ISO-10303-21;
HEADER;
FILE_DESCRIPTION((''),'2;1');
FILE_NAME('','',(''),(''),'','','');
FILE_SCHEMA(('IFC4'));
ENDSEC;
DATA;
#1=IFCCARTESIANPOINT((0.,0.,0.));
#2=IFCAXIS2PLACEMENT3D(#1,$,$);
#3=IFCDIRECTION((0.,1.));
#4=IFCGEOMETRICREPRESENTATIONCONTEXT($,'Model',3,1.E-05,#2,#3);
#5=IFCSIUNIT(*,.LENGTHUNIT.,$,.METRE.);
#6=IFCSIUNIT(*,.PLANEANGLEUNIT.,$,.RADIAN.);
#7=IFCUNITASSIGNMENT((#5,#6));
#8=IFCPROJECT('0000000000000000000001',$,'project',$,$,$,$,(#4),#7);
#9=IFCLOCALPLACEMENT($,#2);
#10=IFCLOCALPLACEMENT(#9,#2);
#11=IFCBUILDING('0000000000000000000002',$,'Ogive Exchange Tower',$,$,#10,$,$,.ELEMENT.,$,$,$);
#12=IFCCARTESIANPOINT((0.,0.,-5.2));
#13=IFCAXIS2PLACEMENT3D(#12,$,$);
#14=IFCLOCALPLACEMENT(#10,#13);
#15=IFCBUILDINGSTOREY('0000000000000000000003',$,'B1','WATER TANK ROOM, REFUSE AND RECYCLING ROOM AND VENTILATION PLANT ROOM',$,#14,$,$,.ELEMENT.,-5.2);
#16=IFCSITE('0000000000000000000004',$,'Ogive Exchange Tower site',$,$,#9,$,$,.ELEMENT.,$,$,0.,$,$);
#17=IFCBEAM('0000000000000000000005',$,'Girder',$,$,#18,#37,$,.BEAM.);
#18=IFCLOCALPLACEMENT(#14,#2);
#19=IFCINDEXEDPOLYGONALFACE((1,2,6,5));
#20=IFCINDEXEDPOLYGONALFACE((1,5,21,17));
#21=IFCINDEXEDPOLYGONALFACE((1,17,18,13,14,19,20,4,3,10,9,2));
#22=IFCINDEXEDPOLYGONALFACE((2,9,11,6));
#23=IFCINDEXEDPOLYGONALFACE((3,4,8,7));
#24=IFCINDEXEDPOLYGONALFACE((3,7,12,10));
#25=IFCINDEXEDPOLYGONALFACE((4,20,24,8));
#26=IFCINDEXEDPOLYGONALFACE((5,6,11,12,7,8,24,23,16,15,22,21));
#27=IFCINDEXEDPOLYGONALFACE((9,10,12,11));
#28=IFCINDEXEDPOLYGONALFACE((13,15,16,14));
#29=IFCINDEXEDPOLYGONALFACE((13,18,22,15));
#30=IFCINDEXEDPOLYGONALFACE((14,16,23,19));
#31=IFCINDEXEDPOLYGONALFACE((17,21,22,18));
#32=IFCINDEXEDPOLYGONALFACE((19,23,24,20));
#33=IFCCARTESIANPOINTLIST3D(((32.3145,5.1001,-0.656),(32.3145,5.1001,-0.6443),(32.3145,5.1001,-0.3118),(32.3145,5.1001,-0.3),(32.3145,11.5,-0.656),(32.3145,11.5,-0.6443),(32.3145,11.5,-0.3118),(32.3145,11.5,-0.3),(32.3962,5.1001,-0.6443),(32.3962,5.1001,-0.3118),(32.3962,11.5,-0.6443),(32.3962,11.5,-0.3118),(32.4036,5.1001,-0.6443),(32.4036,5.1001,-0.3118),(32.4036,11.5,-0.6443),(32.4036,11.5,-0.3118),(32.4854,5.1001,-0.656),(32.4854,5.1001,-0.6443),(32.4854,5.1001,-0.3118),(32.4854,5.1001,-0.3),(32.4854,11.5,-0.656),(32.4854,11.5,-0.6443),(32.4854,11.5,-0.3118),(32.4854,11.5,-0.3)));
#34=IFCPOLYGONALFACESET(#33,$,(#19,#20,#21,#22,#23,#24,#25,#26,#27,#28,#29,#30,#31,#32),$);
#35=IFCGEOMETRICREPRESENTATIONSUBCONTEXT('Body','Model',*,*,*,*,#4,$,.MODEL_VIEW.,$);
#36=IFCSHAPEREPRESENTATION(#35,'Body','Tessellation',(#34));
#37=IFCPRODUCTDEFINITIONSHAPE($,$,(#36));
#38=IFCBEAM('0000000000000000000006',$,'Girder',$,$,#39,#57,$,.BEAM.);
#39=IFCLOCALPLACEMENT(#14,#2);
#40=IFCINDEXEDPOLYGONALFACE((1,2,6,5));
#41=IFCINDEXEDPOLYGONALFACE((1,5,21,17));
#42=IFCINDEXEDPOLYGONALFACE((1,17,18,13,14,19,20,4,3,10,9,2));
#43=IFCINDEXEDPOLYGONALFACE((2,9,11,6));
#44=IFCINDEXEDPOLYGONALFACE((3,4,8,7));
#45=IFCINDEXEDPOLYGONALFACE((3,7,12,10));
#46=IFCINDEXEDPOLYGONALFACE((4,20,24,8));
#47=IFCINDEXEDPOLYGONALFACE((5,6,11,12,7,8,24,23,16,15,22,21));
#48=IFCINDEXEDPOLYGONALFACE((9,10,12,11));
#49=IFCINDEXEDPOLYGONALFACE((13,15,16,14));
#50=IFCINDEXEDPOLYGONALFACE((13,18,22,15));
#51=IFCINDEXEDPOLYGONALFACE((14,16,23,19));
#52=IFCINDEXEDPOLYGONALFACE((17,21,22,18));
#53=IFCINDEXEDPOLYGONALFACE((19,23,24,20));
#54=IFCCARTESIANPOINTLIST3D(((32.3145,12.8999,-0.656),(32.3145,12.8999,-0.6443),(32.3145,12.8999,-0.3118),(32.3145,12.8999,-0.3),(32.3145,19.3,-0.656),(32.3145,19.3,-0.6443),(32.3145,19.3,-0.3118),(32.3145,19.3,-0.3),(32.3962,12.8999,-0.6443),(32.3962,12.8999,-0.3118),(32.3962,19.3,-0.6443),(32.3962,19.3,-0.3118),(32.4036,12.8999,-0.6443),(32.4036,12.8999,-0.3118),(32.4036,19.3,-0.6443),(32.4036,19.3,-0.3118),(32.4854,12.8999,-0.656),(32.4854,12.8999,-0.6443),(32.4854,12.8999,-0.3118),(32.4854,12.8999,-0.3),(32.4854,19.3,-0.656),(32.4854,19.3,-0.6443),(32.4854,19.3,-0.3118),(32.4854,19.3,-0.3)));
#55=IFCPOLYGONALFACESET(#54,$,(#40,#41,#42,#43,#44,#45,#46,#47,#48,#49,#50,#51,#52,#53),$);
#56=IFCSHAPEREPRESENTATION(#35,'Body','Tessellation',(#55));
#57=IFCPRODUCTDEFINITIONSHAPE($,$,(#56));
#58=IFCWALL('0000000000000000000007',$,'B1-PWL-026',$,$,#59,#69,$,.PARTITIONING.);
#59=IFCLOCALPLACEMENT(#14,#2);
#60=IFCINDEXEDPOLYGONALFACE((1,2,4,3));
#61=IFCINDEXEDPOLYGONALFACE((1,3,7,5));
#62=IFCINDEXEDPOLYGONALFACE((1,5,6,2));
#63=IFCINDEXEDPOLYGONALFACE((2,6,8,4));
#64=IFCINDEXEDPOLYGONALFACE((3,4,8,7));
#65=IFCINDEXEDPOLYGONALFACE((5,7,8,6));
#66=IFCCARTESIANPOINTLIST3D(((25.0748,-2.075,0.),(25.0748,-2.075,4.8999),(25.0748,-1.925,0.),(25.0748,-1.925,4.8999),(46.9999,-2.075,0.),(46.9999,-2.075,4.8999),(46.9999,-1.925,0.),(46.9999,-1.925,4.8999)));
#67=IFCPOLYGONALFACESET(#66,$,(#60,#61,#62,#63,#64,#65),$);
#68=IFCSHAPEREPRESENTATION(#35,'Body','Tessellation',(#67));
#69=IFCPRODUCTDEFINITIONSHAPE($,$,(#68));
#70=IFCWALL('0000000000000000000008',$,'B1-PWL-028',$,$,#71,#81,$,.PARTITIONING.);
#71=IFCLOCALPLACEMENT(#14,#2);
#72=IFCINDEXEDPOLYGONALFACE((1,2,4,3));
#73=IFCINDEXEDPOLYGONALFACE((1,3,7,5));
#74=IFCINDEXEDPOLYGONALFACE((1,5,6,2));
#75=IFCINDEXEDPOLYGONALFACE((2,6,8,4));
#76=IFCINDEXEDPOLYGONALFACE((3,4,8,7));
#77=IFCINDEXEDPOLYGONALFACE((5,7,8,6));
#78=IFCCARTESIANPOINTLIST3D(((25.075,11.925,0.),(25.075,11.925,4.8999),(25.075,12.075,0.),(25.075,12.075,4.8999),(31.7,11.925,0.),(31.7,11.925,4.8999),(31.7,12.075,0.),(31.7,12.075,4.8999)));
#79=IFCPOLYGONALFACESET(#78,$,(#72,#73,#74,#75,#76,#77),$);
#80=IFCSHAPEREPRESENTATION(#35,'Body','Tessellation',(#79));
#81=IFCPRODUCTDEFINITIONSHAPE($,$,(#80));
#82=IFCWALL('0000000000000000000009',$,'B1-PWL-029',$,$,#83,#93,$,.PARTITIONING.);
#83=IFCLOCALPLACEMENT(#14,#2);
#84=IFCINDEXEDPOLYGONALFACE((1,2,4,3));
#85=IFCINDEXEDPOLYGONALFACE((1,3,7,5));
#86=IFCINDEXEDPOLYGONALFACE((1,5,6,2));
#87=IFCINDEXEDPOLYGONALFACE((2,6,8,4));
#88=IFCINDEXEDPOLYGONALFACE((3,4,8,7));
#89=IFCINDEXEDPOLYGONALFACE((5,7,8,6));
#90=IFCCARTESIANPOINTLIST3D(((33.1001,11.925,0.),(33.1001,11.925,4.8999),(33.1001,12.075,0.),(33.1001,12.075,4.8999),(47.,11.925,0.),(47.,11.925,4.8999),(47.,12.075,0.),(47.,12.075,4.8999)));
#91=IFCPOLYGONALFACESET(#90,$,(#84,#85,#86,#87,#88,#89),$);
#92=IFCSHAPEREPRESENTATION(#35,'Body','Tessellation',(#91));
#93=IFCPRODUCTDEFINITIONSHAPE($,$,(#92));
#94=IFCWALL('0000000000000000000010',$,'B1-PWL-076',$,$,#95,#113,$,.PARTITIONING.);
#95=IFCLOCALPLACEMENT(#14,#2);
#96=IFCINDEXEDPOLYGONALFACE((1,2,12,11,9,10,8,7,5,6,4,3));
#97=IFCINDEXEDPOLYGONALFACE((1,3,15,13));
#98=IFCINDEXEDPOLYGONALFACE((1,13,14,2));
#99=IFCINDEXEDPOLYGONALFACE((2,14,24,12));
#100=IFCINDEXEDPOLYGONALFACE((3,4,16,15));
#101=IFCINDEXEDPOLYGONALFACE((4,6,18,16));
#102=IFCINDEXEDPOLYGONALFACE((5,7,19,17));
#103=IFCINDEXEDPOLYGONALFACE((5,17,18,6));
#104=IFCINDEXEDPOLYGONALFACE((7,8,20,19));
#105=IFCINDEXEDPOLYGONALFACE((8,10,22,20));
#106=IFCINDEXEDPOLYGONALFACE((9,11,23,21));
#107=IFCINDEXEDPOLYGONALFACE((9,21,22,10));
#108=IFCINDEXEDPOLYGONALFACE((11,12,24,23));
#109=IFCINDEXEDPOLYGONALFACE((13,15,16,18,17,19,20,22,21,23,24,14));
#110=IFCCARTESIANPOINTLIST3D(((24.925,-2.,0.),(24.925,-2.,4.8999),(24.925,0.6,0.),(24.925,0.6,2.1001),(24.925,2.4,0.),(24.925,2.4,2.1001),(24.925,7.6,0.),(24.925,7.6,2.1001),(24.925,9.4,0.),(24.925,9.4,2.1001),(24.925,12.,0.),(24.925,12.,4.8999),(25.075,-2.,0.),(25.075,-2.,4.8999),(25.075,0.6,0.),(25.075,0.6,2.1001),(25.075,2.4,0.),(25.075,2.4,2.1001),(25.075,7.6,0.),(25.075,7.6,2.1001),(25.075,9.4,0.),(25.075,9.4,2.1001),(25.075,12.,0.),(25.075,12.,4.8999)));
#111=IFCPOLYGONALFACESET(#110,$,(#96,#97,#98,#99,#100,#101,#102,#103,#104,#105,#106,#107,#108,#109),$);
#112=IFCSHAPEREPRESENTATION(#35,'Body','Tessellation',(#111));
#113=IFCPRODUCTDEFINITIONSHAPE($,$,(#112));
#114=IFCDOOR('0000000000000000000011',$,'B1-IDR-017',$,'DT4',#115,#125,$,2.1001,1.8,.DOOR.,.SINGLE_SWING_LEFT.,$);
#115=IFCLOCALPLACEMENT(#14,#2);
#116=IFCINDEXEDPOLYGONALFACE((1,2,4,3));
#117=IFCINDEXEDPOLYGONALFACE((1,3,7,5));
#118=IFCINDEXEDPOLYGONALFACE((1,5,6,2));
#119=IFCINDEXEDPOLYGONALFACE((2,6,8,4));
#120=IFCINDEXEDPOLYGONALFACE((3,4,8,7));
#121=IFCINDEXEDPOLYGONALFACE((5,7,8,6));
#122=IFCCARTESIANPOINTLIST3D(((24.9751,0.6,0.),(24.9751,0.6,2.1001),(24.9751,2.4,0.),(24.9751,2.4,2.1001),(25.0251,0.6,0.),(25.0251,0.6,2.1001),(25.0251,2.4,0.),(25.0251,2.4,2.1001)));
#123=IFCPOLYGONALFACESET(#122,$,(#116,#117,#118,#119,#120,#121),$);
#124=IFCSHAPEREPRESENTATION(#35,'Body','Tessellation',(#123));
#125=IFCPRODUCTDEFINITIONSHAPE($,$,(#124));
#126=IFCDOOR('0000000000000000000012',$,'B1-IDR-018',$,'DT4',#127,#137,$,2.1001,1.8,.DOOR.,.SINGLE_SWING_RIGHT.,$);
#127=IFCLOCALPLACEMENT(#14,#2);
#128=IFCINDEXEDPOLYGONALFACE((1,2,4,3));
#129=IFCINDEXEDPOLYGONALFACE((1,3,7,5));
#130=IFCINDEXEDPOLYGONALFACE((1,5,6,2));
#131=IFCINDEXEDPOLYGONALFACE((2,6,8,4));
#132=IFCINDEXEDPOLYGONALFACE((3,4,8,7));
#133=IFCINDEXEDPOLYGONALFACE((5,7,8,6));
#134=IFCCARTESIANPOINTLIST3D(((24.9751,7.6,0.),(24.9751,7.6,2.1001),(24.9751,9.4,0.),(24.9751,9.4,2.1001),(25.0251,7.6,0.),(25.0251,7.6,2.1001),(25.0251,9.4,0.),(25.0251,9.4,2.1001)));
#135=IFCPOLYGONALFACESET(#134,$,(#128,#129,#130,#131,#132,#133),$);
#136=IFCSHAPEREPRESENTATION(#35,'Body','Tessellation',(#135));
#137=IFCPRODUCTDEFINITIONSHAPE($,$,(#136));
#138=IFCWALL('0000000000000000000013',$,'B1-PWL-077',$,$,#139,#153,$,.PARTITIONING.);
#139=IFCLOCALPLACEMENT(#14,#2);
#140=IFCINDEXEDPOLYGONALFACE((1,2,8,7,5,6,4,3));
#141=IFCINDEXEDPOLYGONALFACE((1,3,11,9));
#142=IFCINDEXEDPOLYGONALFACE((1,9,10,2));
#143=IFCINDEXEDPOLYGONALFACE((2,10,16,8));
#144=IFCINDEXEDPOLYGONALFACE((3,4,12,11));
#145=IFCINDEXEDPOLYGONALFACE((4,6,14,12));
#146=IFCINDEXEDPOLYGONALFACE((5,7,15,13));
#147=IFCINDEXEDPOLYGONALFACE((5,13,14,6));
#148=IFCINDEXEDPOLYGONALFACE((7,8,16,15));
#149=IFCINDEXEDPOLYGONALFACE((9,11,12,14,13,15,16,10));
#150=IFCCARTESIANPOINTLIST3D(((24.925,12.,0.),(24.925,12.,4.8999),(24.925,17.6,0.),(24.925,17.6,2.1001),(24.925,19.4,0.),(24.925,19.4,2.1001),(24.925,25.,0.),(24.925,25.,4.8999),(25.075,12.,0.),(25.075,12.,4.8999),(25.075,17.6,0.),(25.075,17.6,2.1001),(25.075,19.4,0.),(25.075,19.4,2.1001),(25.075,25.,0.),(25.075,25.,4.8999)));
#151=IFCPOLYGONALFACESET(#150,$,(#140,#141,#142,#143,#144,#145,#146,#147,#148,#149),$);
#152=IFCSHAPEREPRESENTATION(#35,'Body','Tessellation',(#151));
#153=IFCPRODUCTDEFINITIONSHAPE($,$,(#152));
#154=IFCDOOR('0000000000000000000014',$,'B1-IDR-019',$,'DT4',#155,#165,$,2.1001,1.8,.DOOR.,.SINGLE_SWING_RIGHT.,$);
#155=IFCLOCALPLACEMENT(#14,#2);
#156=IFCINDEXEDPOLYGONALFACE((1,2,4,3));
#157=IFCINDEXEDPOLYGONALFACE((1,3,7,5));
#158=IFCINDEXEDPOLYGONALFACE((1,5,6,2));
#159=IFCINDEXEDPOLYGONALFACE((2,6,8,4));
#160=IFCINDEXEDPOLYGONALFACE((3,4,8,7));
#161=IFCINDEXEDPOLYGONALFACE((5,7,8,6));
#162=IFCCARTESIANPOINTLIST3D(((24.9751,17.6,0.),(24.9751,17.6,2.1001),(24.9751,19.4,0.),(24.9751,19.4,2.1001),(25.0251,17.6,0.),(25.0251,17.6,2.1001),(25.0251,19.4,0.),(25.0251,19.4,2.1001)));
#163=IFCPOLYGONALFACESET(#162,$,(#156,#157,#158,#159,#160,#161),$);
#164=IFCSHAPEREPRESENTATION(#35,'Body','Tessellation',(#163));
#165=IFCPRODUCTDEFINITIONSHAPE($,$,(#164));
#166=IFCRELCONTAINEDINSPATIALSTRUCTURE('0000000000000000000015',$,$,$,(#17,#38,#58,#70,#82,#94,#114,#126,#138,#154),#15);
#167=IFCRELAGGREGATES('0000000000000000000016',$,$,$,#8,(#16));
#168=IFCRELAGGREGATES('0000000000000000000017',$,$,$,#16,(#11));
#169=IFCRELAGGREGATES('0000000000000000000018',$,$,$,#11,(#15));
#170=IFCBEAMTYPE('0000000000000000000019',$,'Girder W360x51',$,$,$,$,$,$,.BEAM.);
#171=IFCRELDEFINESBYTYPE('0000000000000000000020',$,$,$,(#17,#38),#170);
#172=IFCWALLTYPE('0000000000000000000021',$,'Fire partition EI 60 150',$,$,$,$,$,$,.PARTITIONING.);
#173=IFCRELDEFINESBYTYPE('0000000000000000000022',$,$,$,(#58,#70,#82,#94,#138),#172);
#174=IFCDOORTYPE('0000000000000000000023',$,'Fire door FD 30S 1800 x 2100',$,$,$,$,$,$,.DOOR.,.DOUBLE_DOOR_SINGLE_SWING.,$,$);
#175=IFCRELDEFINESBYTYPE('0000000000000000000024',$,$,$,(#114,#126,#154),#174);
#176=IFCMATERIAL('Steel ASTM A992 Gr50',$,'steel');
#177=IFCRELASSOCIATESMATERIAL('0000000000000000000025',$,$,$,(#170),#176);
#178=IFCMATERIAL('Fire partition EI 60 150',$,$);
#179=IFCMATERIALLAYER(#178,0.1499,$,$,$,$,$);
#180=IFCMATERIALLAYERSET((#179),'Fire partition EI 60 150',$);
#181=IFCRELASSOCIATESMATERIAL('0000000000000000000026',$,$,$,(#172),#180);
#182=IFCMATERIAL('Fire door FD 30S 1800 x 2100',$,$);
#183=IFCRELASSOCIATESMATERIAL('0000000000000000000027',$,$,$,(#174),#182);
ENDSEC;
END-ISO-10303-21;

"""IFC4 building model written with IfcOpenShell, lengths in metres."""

from ifc_helpers import new_model, si_unit, direction, frame, frame_2d, origin, origin_2d, place, context, subcontext, project, spatial, rectangle, i_section, extrude, material, layer, layer_set, material_profile, profile_set, type_object, element, fill, save


model = new_model("IFC4")

# Units and contexts
model_context = context("Model", 3, precision=1e-05, world=origin(), true_north=direction((0.0, 1.0)))
body_context = subcontext(model_context, "Body", "Model", "MODEL_VIEW")
ifc_project = project(units=[si_unit("LENGTHUNIT", "METRE"), si_unit("PLANEANGLEUNIT", "RADIAN")], contexts=[model_context])

# Site, building, storey
site_placement = place(None, origin())
site = spatial("IfcSite", under=ifc_project, at=site_placement, Name="Ogive Exchange Tower site", CompositionType="ELEMENT", RefElevation=0.0)
building_placement = place(site_placement, origin())
building = spatial("IfcBuilding", under=site, at=building_placement, Name="Ogive Exchange Tower", CompositionType="ELEMENT")
storey_placement = place(building_placement, frame((0.0, 0.0, -5.2)))
storey = spatial("IfcBuildingStorey", under=building, at=storey_placement, Name="B1", Description="WATER TANK ROOM, REFUSE AND RECYCLING ROOM AND VENTILATION PLANT ROOM", CompositionType="ELEMENT", Elevation=-5.2)

# Beams
ifc_material_1 = material(Name="Steel ASTM A992 Gr50", Category="steel")
ifc_material_profile_1 = material_profile(ifc_material_1, i_section(OverallWidth=0.1709, OverallDepth=0.356, WebThickness=0.0073, FlangeThickness=0.0117, at=origin_2d()), Name="W360x51")
ifc_profile_set_1 = profile_set([ifc_material_profile_1], Name="Steel ASTM A992 Gr50")
beam_type_1 = type_object("IfcBeamType", Name="Girder W360x51", PredefinedType="BEAM", material=ifc_profile_set_1)
beam_1_placement = place(storey_placement, frame((32.3999, 5.1001, -0.478), z_axis=(0.0, 1.0, 0.0), x_axis=(-1.0, 0.0, 0.0)))
element("IfcBeam", 1, at=beam_1_placement, inside=storey, type_object=beam_type_1, Name="Girder", PredefinedType="BEAM", context=body_context, shape_type="SweptSolid", body=[
    extrude(i_section(OverallWidth=0.1709, OverallDepth=0.356, WebThickness=0.0073, FlangeThickness=0.0117, at=origin_2d()), origin(), (0.0, 0.0, 1.0), 6.3999),
])
beam_2_placement = place(storey_placement, frame((32.3999, 12.8999, -0.478), z_axis=(0.0, 1.0, 0.0), x_axis=(-1.0, 0.0, 0.0)))
element("IfcBeam", 2, at=beam_2_placement, inside=storey, type_object=beam_type_1, Name="Girder", PredefinedType="BEAM", context=body_context, shape_type="SweptSolid", body=[
    extrude(i_section(OverallWidth=0.1709, OverallDepth=0.356, WebThickness=0.0073, FlangeThickness=0.0117, at=origin_2d()), origin(), (0.0, 0.0, 1.0), 6.4001),
])

# Walls
ifc_material_2 = material(Name="Fire partition EI 60 150")
ifc_layer = layer(ifc_material_2, 0.1499)
ifc_layer_set = layer_set([ifc_layer], Name="Fire partition EI 60 150")
wall_type = type_object("IfcWallType", Name="Fire partition EI 60 150", PredefinedType="PARTITIONING", material=ifc_layer_set)
wall_1_placement = place(storey_placement, frame((25.075, -2.0, 0.0), z_axis=(0.0, 0.0, 1.0), x_axis=(1.0, 0.0, 0.0)))
element("IfcWall", 3, at=wall_1_placement, inside=storey, type_object=wall_type, Name="B1-PWL-026", PredefinedType="PARTITIONING", context=body_context, shape_type="SweptSolid", body=[
    extrude(rectangle(XDim=21.925, YDim=0.1499, at=frame_2d((10.9624, 0.0))), origin(), (0.0, 0.0, 1.0), 4.8999),
])
wall_2_placement = place(storey_placement, frame((25.075, 12.0, 0.0), z_axis=(0.0, 0.0, 1.0), x_axis=(1.0, 0.0, 0.0)))
element("IfcWall", 4, at=wall_2_placement, inside=storey, type_object=wall_type, Name="B1-PWL-028", PredefinedType="PARTITIONING", context=body_context, shape_type="SweptSolid", body=[
    extrude(rectangle(XDim=6.625, YDim=0.1499, at=frame_2d((3.3125, 0.0))), origin(), (0.0, 0.0, 1.0), 4.8999),
])
wall_3_placement = place(storey_placement, frame((33.1001, 12.0, 0.0), z_axis=(0.0, 0.0, 1.0), x_axis=(1.0, 0.0, 0.0)))
element("IfcWall", 5, at=wall_3_placement, inside=storey, type_object=wall_type, Name="B1-PWL-029", PredefinedType="PARTITIONING", context=body_context, shape_type="SweptSolid", body=[
    extrude(rectangle(XDim=13.8999, YDim=0.1499, at=frame_2d((6.95, 0.0))), origin(), (0.0, 0.0, 1.0), 4.8999),
])

# Wall, openings, doors
wall_4_placement = place(storey_placement, frame((25.0, -2.0, 0.0), z_axis=(0.0, 0.0, 1.0), x_axis=(0.0, 1.0, 0.0)))
wall_4 = element("IfcWall", 6, at=wall_4_placement, inside=storey, type_object=wall_type, Name="B1-PWL-076", PredefinedType="PARTITIONING", context=body_context, shape_type="SweptSolid", body=[
    extrude(rectangle(XDim=14.0, YDim=0.1499, at=frame_2d((7.0, 0.0))), origin(), (0.0, 0.0, 1.0), 4.8999),
])
opening_1_placement = place(wall_4_placement, frame((2.6001, 0.0, 0.0)))
opening_1 = element("IfcOpeningElement", 7, at=opening_1_placement, cuts=wall_4, PredefinedType="OPENING", context=body_context, shape_type="SweptSolid", body=[
    extrude(rectangle(XDim=1.8, YDim=2.1001, at=frame_2d((0.8999, 1.05))), frame((0.0, 0.085, 0.0), z_axis=(0.0, -1.0, 0.0), x_axis=(1.0, 0.0, 0.0)), (0.0, 0.0, 1.0), 0.1699),
])
opening_2_placement = place(wall_4_placement, frame((9.6001, 0.0, 0.0)))
opening_2 = element("IfcOpeningElement", 8, at=opening_2_placement, cuts=wall_4, PredefinedType="OPENING", context=body_context, shape_type="SweptSolid", body=[
    extrude(rectangle(XDim=1.8, YDim=2.1001, at=frame_2d((0.8999, 1.05))), frame((0.0, 0.085, 0.0), z_axis=(0.0, -1.0, 0.0), x_axis=(1.0, 0.0, 0.0)), (0.0, 0.0, 1.0), 0.1699),
])
ifc_material_3 = material(Name="Fire door FD 30S 1800 x 2100")
door_type = type_object("IfcDoorType", Name="Fire door FD 30S 1800 x 2100", OperationType="DOUBLE_DOOR_SINGLE_SWING", PredefinedType="DOOR", material=ifc_material_3)
door_1_placement = place(opening_1_placement, origin())
door_1 = element("IfcDoor", 9, at=door_1_placement, inside=storey, type_object=door_type, Name="B1-IDR-017", ObjectType="DT4", OperationType="SINGLE_SWING_LEFT", OverallHeight=2.1001, OverallWidth=1.8, PredefinedType="DOOR", context=body_context, shape_type="SweptSolid", body=[
    extrude(rectangle(XDim=1.8, YDim=2.1001, at=frame_2d((0.8999, 1.05))), frame((0.0, 0.0249, 0.0), z_axis=(0.0, -1.0, 0.0), x_axis=(1.0, 0.0, 0.0)), (0.0, 0.0, 1.0), 0.05),
])
fill(opening_1, door_1)
door_2_placement = place(opening_2_placement, origin())
door_2 = element("IfcDoor", 10, at=door_2_placement, inside=storey, type_object=door_type, Name="B1-IDR-018", ObjectType="DT4", OperationType="SINGLE_SWING_RIGHT", OverallHeight=2.1001, OverallWidth=1.8, PredefinedType="DOOR", context=body_context, shape_type="SweptSolid", body=[
    extrude(rectangle(XDim=1.8, YDim=2.1001, at=frame_2d((0.8999, 1.05))), frame((0.0, 0.0249, 0.0), z_axis=(0.0, -1.0, 0.0), x_axis=(1.0, 0.0, 0.0)), (0.0, 0.0, 1.0), 0.05),
])
fill(opening_2, door_2)

# Wall, opening, door
wall_5_placement = place(storey_placement, frame((25.0, 12.0, 0.0), z_axis=(0.0, 0.0, 1.0), x_axis=(0.0, 1.0, 0.0)))
wall_5 = element("IfcWall", 11, at=wall_5_placement, inside=storey, type_object=wall_type, Name="B1-PWL-077", PredefinedType="PARTITIONING", context=body_context, shape_type="SweptSolid", body=[
    extrude(rectangle(XDim=13.0, YDim=0.1499, at=frame_2d((6.5, 0.0))), origin(), (0.0, 0.0, 1.0), 4.8999),
])
opening_3_placement = place(wall_5_placement, frame((5.6001, 0.0, 0.0)))
opening_3 = element("IfcOpeningElement", 12, at=opening_3_placement, cuts=wall_5, PredefinedType="OPENING", context=body_context, shape_type="SweptSolid", body=[
    extrude(rectangle(XDim=1.8, YDim=2.1001, at=frame_2d((0.8999, 1.05))), frame((0.0, 0.085, 0.0), z_axis=(0.0, -1.0, 0.0), x_axis=(1.0, 0.0, 0.0)), (0.0, 0.0, 1.0), 0.1699),
])
door_3_placement = place(opening_3_placement, origin())
door_3 = element("IfcDoor", 13, at=door_3_placement, inside=storey, type_object=door_type, Name="B1-IDR-019", ObjectType="DT4", OperationType="SINGLE_SWING_RIGHT", OverallHeight=2.1001, OverallWidth=1.8, PredefinedType="DOOR", context=body_context, shape_type="SweptSolid", body=[
    extrude(rectangle(XDim=1.8, YDim=2.1001, at=frame_2d((0.8999, 1.05))), frame((0.0, 0.0249, 0.0), z_axis=(0.0, -1.0, 0.0), x_axis=(1.0, 0.0, 0.0)), (0.0, 0.0, 1.0), 0.05),
])
fill(opening_3, door_3)

save(model, "model.ifc")
